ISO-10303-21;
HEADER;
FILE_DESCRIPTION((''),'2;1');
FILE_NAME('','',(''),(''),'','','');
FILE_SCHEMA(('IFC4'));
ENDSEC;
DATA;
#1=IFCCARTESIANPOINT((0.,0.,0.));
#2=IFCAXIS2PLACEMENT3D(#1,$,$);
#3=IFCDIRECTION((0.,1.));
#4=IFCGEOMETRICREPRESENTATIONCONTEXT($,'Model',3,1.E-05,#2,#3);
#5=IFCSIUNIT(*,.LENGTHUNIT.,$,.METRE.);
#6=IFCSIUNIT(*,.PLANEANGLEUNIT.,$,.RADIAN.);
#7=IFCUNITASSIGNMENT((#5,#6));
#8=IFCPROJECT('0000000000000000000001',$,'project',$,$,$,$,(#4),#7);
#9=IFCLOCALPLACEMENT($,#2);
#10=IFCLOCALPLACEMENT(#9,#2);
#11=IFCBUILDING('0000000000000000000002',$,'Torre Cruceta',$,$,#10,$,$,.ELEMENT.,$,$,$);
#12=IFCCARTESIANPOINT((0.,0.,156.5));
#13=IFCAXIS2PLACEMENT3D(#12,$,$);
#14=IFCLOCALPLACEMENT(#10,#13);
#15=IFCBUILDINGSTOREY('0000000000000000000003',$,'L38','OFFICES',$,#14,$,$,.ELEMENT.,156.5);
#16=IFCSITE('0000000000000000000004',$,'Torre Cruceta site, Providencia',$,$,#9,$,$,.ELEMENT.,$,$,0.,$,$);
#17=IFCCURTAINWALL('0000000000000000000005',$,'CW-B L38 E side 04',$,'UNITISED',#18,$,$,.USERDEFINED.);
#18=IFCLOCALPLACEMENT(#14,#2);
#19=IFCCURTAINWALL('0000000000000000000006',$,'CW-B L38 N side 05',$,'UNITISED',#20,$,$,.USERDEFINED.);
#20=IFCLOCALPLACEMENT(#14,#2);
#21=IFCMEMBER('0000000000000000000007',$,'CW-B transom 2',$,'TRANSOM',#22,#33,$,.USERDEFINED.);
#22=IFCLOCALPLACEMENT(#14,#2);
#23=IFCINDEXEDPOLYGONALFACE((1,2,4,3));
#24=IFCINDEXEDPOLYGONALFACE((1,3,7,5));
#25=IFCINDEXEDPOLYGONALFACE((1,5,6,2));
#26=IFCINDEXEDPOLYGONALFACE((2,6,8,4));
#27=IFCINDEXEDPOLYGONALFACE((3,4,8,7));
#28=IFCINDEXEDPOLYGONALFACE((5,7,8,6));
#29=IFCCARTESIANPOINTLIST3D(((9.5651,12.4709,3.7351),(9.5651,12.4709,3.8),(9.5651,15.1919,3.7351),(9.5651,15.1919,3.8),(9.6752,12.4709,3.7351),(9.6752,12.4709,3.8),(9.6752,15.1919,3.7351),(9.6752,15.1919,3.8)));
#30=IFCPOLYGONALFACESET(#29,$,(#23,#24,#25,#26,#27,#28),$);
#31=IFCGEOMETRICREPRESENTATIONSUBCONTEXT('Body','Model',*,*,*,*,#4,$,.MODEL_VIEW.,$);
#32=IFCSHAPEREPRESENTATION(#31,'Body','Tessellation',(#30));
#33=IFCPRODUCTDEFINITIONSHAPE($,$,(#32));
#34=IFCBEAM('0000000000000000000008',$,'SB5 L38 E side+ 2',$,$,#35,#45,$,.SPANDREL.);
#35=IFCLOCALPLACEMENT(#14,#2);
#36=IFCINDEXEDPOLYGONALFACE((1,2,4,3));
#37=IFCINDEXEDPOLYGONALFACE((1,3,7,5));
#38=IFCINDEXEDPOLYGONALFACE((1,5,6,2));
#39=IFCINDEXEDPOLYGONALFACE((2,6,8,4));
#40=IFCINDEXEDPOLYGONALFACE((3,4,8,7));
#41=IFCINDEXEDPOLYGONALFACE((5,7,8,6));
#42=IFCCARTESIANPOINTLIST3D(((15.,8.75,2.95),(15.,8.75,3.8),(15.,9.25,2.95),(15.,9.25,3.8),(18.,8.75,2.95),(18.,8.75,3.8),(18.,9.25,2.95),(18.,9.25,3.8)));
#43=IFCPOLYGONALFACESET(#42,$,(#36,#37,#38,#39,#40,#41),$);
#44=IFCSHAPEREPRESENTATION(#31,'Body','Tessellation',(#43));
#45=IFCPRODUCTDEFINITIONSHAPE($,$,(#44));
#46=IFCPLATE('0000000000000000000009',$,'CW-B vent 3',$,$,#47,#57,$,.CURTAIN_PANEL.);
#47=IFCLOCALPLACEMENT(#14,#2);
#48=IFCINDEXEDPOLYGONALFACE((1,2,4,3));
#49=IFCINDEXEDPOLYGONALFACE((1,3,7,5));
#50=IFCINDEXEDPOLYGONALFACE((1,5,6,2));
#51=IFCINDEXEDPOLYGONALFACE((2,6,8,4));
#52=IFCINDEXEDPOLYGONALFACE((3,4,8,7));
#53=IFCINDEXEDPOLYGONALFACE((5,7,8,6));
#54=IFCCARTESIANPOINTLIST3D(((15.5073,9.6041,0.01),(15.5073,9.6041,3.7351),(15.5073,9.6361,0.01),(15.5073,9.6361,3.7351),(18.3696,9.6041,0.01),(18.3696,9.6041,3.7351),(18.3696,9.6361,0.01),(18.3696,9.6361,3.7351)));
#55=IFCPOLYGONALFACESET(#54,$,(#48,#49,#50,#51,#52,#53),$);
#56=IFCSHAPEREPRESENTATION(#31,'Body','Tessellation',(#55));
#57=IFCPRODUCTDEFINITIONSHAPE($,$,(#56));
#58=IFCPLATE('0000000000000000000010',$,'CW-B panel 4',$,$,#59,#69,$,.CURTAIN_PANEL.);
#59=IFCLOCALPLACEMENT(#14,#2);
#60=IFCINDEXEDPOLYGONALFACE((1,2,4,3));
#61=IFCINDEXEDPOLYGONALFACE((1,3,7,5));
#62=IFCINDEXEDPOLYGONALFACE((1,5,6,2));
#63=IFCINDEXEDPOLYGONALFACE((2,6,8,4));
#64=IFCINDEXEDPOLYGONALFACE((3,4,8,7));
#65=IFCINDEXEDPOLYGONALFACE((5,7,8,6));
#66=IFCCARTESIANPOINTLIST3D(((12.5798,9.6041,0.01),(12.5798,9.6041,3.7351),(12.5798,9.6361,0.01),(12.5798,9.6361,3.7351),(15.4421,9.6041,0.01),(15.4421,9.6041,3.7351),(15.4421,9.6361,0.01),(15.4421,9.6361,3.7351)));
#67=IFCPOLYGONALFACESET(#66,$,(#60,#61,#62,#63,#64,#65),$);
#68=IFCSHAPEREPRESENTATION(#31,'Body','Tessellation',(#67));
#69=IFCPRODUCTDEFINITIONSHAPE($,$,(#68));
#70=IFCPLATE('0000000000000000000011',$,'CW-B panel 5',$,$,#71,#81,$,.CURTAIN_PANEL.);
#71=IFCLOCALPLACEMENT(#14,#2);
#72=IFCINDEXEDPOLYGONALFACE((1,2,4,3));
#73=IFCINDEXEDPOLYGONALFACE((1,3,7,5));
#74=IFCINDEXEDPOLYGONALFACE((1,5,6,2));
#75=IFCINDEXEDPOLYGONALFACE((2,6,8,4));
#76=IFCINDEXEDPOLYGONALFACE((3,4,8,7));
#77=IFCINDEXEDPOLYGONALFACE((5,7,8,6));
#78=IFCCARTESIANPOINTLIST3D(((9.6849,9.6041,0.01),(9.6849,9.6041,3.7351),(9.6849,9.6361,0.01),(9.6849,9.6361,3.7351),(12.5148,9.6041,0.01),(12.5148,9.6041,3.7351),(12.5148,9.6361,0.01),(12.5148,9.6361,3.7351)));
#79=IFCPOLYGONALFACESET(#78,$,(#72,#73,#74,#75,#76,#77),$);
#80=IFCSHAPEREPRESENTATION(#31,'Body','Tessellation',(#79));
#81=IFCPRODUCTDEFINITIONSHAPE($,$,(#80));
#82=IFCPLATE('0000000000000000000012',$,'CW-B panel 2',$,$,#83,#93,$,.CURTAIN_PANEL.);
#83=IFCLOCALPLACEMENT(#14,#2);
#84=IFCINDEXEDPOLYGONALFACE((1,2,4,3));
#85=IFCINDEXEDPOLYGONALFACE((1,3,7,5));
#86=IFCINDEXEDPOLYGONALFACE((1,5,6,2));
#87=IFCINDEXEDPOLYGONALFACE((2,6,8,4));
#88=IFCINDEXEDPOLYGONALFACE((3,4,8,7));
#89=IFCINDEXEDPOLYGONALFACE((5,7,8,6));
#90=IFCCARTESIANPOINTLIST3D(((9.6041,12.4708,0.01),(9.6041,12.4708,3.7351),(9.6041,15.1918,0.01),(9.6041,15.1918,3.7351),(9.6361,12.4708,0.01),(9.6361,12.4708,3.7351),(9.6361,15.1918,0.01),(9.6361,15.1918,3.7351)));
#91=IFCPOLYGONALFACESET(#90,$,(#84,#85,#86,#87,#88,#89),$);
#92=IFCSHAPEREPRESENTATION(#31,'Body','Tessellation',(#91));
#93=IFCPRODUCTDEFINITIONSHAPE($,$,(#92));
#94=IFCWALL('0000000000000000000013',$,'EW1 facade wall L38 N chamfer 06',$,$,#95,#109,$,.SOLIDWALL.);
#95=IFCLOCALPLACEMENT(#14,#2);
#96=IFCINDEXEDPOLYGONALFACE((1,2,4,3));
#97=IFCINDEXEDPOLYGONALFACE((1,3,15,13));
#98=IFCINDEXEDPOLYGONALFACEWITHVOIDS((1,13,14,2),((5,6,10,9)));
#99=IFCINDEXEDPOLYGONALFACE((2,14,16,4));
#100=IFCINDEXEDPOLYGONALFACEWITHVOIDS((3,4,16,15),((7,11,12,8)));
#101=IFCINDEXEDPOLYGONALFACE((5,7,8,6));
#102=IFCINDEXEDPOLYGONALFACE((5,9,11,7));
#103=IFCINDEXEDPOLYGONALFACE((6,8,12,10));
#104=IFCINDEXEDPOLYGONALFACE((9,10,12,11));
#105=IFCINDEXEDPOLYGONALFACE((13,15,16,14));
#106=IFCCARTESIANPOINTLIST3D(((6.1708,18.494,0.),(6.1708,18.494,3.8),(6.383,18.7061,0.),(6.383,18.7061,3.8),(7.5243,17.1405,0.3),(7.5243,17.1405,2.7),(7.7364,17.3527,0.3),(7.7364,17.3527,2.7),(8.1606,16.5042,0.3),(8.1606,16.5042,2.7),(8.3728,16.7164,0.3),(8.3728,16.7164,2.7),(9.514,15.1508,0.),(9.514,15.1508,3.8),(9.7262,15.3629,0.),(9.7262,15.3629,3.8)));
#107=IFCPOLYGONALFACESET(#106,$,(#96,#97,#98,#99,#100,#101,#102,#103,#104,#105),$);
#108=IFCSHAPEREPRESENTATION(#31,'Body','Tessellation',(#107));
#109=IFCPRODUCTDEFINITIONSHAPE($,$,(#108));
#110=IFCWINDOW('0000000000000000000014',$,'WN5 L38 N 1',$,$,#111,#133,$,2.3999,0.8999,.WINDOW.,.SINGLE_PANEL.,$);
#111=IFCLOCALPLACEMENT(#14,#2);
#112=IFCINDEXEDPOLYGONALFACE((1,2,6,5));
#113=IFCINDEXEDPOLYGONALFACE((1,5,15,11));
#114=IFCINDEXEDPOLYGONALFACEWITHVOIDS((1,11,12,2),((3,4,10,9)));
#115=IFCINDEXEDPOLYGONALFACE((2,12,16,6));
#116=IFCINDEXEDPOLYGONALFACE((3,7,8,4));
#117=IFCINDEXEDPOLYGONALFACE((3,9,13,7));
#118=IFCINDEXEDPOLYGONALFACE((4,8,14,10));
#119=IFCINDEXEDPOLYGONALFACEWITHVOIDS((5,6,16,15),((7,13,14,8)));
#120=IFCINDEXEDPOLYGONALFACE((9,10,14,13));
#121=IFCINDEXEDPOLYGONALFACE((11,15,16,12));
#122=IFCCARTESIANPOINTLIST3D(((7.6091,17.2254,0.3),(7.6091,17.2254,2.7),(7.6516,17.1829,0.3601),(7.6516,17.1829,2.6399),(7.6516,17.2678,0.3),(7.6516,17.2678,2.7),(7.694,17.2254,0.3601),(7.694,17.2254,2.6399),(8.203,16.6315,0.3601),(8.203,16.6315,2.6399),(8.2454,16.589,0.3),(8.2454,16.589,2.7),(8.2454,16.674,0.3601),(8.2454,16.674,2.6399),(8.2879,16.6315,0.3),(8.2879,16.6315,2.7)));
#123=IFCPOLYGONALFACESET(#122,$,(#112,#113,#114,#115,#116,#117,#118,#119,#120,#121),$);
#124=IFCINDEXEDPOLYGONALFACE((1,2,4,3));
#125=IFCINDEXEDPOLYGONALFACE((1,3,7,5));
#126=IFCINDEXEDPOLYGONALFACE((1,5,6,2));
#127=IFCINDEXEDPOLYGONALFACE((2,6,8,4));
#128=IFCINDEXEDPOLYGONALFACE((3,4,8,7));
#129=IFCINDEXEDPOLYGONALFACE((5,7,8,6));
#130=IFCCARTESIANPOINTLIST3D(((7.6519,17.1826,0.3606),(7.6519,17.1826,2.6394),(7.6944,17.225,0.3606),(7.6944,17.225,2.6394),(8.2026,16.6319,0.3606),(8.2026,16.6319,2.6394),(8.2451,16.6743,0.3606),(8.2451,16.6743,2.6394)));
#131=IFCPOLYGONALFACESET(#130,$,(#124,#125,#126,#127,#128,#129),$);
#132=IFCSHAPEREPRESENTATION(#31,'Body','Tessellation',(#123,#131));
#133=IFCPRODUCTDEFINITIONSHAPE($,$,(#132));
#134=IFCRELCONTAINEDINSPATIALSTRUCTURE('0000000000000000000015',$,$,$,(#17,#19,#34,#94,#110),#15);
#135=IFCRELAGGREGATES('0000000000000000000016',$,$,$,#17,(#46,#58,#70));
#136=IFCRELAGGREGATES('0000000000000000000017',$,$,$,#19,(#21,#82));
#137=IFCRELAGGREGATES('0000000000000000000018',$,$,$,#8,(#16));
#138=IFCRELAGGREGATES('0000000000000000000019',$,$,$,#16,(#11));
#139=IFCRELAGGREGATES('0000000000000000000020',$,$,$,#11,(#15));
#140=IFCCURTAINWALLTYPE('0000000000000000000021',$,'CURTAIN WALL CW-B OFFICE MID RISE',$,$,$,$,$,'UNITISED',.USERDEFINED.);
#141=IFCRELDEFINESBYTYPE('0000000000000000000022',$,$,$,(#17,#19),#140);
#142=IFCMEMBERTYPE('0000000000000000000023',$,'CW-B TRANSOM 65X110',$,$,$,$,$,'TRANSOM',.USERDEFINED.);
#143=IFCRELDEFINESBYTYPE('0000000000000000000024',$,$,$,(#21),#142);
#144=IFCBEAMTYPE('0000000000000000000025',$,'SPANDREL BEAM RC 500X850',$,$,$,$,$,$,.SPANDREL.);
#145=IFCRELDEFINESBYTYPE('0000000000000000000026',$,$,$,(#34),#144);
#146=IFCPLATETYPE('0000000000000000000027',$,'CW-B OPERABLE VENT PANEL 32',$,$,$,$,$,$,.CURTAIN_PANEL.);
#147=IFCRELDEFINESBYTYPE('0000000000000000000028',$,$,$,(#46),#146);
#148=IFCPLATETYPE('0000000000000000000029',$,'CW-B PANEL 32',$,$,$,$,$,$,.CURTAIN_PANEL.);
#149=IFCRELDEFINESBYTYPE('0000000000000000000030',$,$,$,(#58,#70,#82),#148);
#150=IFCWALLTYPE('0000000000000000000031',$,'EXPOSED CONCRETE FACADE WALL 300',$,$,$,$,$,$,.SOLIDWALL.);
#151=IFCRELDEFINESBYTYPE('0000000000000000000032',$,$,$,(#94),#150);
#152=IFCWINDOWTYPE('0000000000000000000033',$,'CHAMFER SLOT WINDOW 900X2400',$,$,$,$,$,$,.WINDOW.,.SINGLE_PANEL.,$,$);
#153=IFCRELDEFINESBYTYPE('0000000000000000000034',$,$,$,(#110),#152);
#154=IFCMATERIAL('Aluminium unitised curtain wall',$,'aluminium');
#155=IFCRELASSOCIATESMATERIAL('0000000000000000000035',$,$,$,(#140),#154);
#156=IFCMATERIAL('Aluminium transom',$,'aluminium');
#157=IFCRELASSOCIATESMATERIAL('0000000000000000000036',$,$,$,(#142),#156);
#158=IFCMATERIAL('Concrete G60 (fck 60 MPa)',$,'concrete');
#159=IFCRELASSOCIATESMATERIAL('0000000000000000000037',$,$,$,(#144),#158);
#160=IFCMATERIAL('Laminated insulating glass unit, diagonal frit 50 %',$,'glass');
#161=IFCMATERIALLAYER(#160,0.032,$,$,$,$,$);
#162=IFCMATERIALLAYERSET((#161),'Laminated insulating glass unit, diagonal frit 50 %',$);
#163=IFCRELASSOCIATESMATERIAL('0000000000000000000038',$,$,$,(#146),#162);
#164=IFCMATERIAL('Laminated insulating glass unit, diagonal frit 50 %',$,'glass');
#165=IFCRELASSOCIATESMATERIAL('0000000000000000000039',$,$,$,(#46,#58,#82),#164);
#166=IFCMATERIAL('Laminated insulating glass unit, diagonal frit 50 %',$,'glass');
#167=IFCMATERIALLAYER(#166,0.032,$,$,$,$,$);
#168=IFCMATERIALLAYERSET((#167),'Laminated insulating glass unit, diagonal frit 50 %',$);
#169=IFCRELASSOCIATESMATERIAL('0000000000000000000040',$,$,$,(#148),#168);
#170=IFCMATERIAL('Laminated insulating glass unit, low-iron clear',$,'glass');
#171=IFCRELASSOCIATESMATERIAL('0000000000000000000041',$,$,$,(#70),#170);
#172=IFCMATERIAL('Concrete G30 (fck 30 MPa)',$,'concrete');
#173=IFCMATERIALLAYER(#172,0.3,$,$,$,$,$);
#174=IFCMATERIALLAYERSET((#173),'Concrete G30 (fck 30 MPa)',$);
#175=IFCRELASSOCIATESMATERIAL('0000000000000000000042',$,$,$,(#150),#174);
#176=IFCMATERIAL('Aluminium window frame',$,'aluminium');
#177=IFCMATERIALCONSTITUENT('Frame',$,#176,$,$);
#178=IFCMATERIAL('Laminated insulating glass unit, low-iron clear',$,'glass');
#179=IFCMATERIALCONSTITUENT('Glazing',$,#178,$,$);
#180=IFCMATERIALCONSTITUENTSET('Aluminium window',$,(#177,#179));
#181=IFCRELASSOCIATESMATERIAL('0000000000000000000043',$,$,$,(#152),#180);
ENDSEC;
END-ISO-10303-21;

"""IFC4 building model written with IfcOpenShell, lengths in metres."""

from ifc_helpers import new_model, si_unit, direction, frame, frame_2d, origin, origin_2d, place, context, subcontext, project, spatial, rectangle, hollow_rectangle, extrude, material, layer, layer_set, constituent, constituent_set, material_profile, profile_set, type_object, element, fill, aggregate, save


model = new_model("IFC4")

# Units and contexts
model_context = context("Model", 3, precision=1e-05, world=origin(), true_north=direction((0.0, 1.0)))
body_context = subcontext(model_context, "Body", "Model", "MODEL_VIEW")
ifc_project = project(units=[si_unit("LENGTHUNIT", "METRE"), si_unit("PLANEANGLEUNIT", "RADIAN")], contexts=[model_context])

# Site, building, storey
site_placement = place(None, origin())
site = spatial("IfcSite", under=ifc_project, at=site_placement, Name="Torre Cruceta site, Providencia", CompositionType="ELEMENT", RefElevation=0.0)
building_placement = place(site_placement, origin())
building = spatial("IfcBuilding", under=site, at=building_placement, Name="Torre Cruceta", CompositionType="ELEMENT")
storey_placement = place(building_placement, frame((0.0, 0.0, 156.5)))
storey = spatial("IfcBuildingStorey", under=building, at=storey_placement, Name="L38", Description="OFFICES", CompositionType="ELEMENT", Elevation=156.5)

# Curtain walls
ifc_material_1 = material(Name="Aluminium unitised curtain wall", Category="aluminium")
curtain_wall_type = type_object("IfcCurtainWallType", Name="CURTAIN WALL CW-B OFFICE MID RISE", ElementType="UNITISED", PredefinedType="USERDEFINED", material=ifc_material_1)
curtain_wall_1_placement = place(storey_placement, origin())
curtain_wall_1 = element("IfcCurtainWall", 1, at=curtain_wall_1_placement, inside=storey, type_object=curtain_wall_type, Name="CW-B L38 E side 04", ObjectType="UNITISED", PredefinedType="USERDEFINED")
curtain_wall_2_placement = place(storey_placement, origin())
curtain_wall_2 = element("IfcCurtainWall", 2, at=curtain_wall_2_placement, inside=storey, type_object=curtain_wall_type, Name="CW-B L38 N side 05", ObjectType="UNITISED", PredefinedType="USERDEFINED")

# Member
ifc_material_2 = material(Name="Aluminium transom", Category="aluminium")
ifc_material_profile_1 = material_profile(ifc_material_2, rectangle(XDim=0.1101, YDim=0.0649, at=origin_2d()), Name="AL 110X65")
ifc_profile_set_1 = profile_set([ifc_material_profile_1], Name="Aluminium transom")
member_type_1 = type_object("IfcMemberType", Name="CW-B TRANSOM 65X110", ElementType="TRANSOM", PredefinedType="USERDEFINED", material=ifc_profile_set_1)
member_1_placement = place(storey_placement, frame((9.6201, 12.4709, 3.7676), z_axis=(0.0, 1.0, 0.0), x_axis=(-1.0, 0.0, 0.0)))
member_1 = element("IfcMember", 3, at=member_1_placement, type_object=member_type_1, Name="CW-B transom 2", ObjectType="TRANSOM", PredefinedType="USERDEFINED", context=body_context, shape_type="SweptSolid", body=[
    extrude(rectangle(XDim=0.1101, YDim=0.0649, at=origin_2d()), origin(), (0.0, 0.0, 1.0), 2.7209),
])

# Beam
ifc_material_3 = material(Name="Concrete G60 (fck 60 MPa)", Category="concrete")
ifc_material_profile_2 = material_profile(ifc_material_3, rectangle(XDim=0.5, YDim=0.8501, at=origin_2d()), Name="RC 500X850")
ifc_profile_set_2 = profile_set([ifc_material_profile_2], Name="Concrete G60 (fck 60 MPa)")
beam_type_1 = type_object("IfcBeamType", Name="SPANDREL BEAM RC 500X850", PredefinedType="SPANDREL", material=ifc_profile_set_2)
beam_1_placement = place(storey_placement, frame((15.0, 9.0, 3.375), z_axis=(1.0, 0.0, 0.0), x_axis=(0.0, 1.0, 0.0)))
element("IfcBeam", 4, at=beam_1_placement, inside=storey, type_object=beam_type_1, Name="SB5 L38 E side+ 2", PredefinedType="SPANDREL", context=body_context, shape_type="SweptSolid", body=[
    extrude(rectangle(XDim=0.5, YDim=0.8501, at=origin_2d()), origin(), (0.0, 0.0, 1.0), 3.0),
])

# Plates
ifc_material_4 = material(Name="Laminated insulating glass unit, diagonal frit 50 %", Category="glass")
ifc_material_5 = material(Name="Laminated insulating glass unit, diagonal frit 50 %", Category="glass")
ifc_layer_1 = layer(ifc_material_5, 0.032)
ifc_layer_set_1 = layer_set([ifc_layer_1], Name="Laminated insulating glass unit, diagonal frit 50 %")
plate_type_1 = type_object("IfcPlateType", Name="CW-B OPERABLE VENT PANEL 32", PredefinedType="CURTAIN_PANEL", material=ifc_layer_set_1)
plate_1_placement = place(storey_placement, frame((16.9385, 9.6201, 0.01), z_axis=(0.0, 0.0, 1.0), x_axis=(-1.0, 0.0, 0.0)))
plate_1 = element("IfcPlate", 5, at=plate_1_placement, type_object=plate_type_1, material=ifc_material_4, Name="CW-B vent 3", PredefinedType="CURTAIN_PANEL", context=body_context, shape_type="SweptSolid", body=[
    extrude(rectangle(XDim=2.8623, YDim=0.032, at=origin_2d()), origin(), (0.0, 0.0, 1.0), 3.7251),
])
ifc_material_6 = material(Name="Laminated insulating glass unit, diagonal frit 50 %", Category="glass")
ifc_layer_2 = layer(ifc_material_6, 0.032)
ifc_layer_set_2 = layer_set([ifc_layer_2], Name="Laminated insulating glass unit, diagonal frit 50 %")
plate_type_2 = type_object("IfcPlateType", Name="CW-B PANEL 32", PredefinedType="CURTAIN_PANEL", material=ifc_layer_set_2)
plate_2_placement = place(storey_placement, frame((14.011, 9.6201, 0.01), z_axis=(0.0, 0.0, 1.0), x_axis=(-1.0, 0.0, 0.0)))
plate_2 = element("IfcPlate", 6, at=plate_2_placement, type_object=plate_type_2, material=ifc_material_4, Name="CW-B panel 4", PredefinedType="CURTAIN_PANEL", context=body_context, shape_type="SweptSolid", body=[
    extrude(rectangle(XDim=2.8623, YDim=0.032, at=origin_2d()), origin(), (0.0, 0.0, 1.0), 3.7251),
])
ifc_material_7 = material(Name="Laminated insulating glass unit, low-iron clear", Category="glass")
plate_3_placement = place(storey_placement, frame((11.0999, 9.6201, 0.01), z_axis=(0.0, 0.0, 1.0), x_axis=(-1.0, 0.0, 0.0)))
plate_3 = element("IfcPlate", 7, at=plate_3_placement, type_object=plate_type_2, material=ifc_material_7, Name="CW-B panel 5", PredefinedType="CURTAIN_PANEL", context=body_context, shape_type="SweptSolid", body=[
    extrude(rectangle(XDim=2.8298, YDim=0.032, at=origin_2d()), origin(), (0.0, 0.0, 1.0), 3.7251),
])
aggregate(curtain_wall_1, [plate_1, plate_2, plate_3])
plate_4_placement = place(storey_placement, frame((9.6201, 13.8313, 0.01), z_axis=(0.0, 0.0, 1.0), x_axis=(0.0, 1.0, 0.0)))
plate_4 = element("IfcPlate", 8, at=plate_4_placement, type_object=plate_type_2, material=ifc_material_4, Name="CW-B panel 2", PredefinedType="CURTAIN_PANEL", context=body_context, shape_type="SweptSolid", body=[
    extrude(rectangle(XDim=2.7209, YDim=0.032, at=origin_2d()), origin(), (0.0, 0.0, 1.0), 3.7251),
])
aggregate(curtain_wall_2, [member_1, plate_4])

# Wall, opening, window
ifc_material_8 = material(Name="Concrete G30 (fck 30 MPa)", Category="concrete")
ifc_layer_3 = layer(ifc_material_8, 0.3)
ifc_layer_set_3 = layer_set([ifc_layer_3], Name="Concrete G30 (fck 30 MPa)")
wall_type_1 = type_object("IfcWallType", Name="EXPOSED CONCRETE FACADE WALL 300", PredefinedType="SOLIDWALL", material=ifc_layer_set_3)
wall_1_placement = place(storey_placement, frame((9.6201, 15.2568, 0.0), z_axis=(0.0, 0.0, 1.0), x_axis=(-0.707107, 0.707107, 0.0)))
wall_1 = element("IfcWall", 9, at=wall_1_placement, inside=storey, type_object=wall_type_1, Name="EW1 facade wall L38 N chamfer 06", PredefinedType="SOLIDWALL", context=body_context, shape_type="SweptSolid", body=[
    extrude(rectangle(XDim=4.728, YDim=0.3, at=frame_2d((2.364, 0.0))), origin(), (0.0, 0.0, 1.0), 3.8),
])
opening_1_placement = place(wall_1_placement, frame((1.9141, 0.0, 0.3)))
opening_1 = element("IfcOpeningElement", 10, at=opening_1_placement, cuts=wall_1, PredefinedType="OPENING", context=body_context, shape_type="SweptSolid", body=[
    extrude(rectangle(XDim=0.8999, YDim=2.3999, at=frame_2d((0.45, 1.2))), frame((0.0, 0.1599, 0.0), z_axis=(0.0, -1.0, 0.0), x_axis=(1.0, 0.0, 0.0)), (0.0, 0.0, 1.0), 0.3201),
])
ifc_material_9 = material(Name="Aluminium window frame", Category="aluminium")
ifc_constituent_1 = constituent(ifc_material_9, Name="Frame")
ifc_material_10 = material(Name="Laminated insulating glass unit, low-iron clear", Category="glass")
ifc_constituent_2 = constituent(ifc_material_10, Name="Glazing")
ifc_constituent_set_1 = constituent_set(constituents=[ifc_constituent_1, ifc_constituent_2], Name="Aluminium window")
window_type = type_object("IfcWindowType", Name="CHAMFER SLOT WINDOW 900X2400", PartitioningType="SINGLE_PANEL", PredefinedType="WINDOW", material=ifc_constituent_set_1)
window_placement = place(opening_1_placement, origin())
window = element("IfcWindow", 11, at=window_placement, inside=storey, type_object=window_type, Name="WN5 L38 N 1", OverallHeight=2.3999, OverallWidth=0.8999, PartitioningType="SINGLE_PANEL", PredefinedType="WINDOW", context=body_context, shape_type="SweptSolid", body=[
    extrude(hollow_rectangle(XDim=0.8999, YDim=2.3999, WallThickness=0.0601, at=frame_2d((0.45, 1.2))), frame((0.0, 0.03, 0.0), z_axis=(0.0, -1.0, 0.0), x_axis=(1.0, 0.0, 0.0)), (0.0, 0.0, 1.0), 0.0601),
    extrude(rectangle(XDim=0.7788, YDim=2.2788, at=frame_2d((0.45, 1.2))), frame((0.0, 0.03, 0.0), z_axis=(0.0, -1.0, 0.0), x_axis=(1.0, 0.0, 0.0)), (0.0, 0.0, 1.0), 0.0601),
])
fill(opening_1, window)

save(model, "model.ifc")
